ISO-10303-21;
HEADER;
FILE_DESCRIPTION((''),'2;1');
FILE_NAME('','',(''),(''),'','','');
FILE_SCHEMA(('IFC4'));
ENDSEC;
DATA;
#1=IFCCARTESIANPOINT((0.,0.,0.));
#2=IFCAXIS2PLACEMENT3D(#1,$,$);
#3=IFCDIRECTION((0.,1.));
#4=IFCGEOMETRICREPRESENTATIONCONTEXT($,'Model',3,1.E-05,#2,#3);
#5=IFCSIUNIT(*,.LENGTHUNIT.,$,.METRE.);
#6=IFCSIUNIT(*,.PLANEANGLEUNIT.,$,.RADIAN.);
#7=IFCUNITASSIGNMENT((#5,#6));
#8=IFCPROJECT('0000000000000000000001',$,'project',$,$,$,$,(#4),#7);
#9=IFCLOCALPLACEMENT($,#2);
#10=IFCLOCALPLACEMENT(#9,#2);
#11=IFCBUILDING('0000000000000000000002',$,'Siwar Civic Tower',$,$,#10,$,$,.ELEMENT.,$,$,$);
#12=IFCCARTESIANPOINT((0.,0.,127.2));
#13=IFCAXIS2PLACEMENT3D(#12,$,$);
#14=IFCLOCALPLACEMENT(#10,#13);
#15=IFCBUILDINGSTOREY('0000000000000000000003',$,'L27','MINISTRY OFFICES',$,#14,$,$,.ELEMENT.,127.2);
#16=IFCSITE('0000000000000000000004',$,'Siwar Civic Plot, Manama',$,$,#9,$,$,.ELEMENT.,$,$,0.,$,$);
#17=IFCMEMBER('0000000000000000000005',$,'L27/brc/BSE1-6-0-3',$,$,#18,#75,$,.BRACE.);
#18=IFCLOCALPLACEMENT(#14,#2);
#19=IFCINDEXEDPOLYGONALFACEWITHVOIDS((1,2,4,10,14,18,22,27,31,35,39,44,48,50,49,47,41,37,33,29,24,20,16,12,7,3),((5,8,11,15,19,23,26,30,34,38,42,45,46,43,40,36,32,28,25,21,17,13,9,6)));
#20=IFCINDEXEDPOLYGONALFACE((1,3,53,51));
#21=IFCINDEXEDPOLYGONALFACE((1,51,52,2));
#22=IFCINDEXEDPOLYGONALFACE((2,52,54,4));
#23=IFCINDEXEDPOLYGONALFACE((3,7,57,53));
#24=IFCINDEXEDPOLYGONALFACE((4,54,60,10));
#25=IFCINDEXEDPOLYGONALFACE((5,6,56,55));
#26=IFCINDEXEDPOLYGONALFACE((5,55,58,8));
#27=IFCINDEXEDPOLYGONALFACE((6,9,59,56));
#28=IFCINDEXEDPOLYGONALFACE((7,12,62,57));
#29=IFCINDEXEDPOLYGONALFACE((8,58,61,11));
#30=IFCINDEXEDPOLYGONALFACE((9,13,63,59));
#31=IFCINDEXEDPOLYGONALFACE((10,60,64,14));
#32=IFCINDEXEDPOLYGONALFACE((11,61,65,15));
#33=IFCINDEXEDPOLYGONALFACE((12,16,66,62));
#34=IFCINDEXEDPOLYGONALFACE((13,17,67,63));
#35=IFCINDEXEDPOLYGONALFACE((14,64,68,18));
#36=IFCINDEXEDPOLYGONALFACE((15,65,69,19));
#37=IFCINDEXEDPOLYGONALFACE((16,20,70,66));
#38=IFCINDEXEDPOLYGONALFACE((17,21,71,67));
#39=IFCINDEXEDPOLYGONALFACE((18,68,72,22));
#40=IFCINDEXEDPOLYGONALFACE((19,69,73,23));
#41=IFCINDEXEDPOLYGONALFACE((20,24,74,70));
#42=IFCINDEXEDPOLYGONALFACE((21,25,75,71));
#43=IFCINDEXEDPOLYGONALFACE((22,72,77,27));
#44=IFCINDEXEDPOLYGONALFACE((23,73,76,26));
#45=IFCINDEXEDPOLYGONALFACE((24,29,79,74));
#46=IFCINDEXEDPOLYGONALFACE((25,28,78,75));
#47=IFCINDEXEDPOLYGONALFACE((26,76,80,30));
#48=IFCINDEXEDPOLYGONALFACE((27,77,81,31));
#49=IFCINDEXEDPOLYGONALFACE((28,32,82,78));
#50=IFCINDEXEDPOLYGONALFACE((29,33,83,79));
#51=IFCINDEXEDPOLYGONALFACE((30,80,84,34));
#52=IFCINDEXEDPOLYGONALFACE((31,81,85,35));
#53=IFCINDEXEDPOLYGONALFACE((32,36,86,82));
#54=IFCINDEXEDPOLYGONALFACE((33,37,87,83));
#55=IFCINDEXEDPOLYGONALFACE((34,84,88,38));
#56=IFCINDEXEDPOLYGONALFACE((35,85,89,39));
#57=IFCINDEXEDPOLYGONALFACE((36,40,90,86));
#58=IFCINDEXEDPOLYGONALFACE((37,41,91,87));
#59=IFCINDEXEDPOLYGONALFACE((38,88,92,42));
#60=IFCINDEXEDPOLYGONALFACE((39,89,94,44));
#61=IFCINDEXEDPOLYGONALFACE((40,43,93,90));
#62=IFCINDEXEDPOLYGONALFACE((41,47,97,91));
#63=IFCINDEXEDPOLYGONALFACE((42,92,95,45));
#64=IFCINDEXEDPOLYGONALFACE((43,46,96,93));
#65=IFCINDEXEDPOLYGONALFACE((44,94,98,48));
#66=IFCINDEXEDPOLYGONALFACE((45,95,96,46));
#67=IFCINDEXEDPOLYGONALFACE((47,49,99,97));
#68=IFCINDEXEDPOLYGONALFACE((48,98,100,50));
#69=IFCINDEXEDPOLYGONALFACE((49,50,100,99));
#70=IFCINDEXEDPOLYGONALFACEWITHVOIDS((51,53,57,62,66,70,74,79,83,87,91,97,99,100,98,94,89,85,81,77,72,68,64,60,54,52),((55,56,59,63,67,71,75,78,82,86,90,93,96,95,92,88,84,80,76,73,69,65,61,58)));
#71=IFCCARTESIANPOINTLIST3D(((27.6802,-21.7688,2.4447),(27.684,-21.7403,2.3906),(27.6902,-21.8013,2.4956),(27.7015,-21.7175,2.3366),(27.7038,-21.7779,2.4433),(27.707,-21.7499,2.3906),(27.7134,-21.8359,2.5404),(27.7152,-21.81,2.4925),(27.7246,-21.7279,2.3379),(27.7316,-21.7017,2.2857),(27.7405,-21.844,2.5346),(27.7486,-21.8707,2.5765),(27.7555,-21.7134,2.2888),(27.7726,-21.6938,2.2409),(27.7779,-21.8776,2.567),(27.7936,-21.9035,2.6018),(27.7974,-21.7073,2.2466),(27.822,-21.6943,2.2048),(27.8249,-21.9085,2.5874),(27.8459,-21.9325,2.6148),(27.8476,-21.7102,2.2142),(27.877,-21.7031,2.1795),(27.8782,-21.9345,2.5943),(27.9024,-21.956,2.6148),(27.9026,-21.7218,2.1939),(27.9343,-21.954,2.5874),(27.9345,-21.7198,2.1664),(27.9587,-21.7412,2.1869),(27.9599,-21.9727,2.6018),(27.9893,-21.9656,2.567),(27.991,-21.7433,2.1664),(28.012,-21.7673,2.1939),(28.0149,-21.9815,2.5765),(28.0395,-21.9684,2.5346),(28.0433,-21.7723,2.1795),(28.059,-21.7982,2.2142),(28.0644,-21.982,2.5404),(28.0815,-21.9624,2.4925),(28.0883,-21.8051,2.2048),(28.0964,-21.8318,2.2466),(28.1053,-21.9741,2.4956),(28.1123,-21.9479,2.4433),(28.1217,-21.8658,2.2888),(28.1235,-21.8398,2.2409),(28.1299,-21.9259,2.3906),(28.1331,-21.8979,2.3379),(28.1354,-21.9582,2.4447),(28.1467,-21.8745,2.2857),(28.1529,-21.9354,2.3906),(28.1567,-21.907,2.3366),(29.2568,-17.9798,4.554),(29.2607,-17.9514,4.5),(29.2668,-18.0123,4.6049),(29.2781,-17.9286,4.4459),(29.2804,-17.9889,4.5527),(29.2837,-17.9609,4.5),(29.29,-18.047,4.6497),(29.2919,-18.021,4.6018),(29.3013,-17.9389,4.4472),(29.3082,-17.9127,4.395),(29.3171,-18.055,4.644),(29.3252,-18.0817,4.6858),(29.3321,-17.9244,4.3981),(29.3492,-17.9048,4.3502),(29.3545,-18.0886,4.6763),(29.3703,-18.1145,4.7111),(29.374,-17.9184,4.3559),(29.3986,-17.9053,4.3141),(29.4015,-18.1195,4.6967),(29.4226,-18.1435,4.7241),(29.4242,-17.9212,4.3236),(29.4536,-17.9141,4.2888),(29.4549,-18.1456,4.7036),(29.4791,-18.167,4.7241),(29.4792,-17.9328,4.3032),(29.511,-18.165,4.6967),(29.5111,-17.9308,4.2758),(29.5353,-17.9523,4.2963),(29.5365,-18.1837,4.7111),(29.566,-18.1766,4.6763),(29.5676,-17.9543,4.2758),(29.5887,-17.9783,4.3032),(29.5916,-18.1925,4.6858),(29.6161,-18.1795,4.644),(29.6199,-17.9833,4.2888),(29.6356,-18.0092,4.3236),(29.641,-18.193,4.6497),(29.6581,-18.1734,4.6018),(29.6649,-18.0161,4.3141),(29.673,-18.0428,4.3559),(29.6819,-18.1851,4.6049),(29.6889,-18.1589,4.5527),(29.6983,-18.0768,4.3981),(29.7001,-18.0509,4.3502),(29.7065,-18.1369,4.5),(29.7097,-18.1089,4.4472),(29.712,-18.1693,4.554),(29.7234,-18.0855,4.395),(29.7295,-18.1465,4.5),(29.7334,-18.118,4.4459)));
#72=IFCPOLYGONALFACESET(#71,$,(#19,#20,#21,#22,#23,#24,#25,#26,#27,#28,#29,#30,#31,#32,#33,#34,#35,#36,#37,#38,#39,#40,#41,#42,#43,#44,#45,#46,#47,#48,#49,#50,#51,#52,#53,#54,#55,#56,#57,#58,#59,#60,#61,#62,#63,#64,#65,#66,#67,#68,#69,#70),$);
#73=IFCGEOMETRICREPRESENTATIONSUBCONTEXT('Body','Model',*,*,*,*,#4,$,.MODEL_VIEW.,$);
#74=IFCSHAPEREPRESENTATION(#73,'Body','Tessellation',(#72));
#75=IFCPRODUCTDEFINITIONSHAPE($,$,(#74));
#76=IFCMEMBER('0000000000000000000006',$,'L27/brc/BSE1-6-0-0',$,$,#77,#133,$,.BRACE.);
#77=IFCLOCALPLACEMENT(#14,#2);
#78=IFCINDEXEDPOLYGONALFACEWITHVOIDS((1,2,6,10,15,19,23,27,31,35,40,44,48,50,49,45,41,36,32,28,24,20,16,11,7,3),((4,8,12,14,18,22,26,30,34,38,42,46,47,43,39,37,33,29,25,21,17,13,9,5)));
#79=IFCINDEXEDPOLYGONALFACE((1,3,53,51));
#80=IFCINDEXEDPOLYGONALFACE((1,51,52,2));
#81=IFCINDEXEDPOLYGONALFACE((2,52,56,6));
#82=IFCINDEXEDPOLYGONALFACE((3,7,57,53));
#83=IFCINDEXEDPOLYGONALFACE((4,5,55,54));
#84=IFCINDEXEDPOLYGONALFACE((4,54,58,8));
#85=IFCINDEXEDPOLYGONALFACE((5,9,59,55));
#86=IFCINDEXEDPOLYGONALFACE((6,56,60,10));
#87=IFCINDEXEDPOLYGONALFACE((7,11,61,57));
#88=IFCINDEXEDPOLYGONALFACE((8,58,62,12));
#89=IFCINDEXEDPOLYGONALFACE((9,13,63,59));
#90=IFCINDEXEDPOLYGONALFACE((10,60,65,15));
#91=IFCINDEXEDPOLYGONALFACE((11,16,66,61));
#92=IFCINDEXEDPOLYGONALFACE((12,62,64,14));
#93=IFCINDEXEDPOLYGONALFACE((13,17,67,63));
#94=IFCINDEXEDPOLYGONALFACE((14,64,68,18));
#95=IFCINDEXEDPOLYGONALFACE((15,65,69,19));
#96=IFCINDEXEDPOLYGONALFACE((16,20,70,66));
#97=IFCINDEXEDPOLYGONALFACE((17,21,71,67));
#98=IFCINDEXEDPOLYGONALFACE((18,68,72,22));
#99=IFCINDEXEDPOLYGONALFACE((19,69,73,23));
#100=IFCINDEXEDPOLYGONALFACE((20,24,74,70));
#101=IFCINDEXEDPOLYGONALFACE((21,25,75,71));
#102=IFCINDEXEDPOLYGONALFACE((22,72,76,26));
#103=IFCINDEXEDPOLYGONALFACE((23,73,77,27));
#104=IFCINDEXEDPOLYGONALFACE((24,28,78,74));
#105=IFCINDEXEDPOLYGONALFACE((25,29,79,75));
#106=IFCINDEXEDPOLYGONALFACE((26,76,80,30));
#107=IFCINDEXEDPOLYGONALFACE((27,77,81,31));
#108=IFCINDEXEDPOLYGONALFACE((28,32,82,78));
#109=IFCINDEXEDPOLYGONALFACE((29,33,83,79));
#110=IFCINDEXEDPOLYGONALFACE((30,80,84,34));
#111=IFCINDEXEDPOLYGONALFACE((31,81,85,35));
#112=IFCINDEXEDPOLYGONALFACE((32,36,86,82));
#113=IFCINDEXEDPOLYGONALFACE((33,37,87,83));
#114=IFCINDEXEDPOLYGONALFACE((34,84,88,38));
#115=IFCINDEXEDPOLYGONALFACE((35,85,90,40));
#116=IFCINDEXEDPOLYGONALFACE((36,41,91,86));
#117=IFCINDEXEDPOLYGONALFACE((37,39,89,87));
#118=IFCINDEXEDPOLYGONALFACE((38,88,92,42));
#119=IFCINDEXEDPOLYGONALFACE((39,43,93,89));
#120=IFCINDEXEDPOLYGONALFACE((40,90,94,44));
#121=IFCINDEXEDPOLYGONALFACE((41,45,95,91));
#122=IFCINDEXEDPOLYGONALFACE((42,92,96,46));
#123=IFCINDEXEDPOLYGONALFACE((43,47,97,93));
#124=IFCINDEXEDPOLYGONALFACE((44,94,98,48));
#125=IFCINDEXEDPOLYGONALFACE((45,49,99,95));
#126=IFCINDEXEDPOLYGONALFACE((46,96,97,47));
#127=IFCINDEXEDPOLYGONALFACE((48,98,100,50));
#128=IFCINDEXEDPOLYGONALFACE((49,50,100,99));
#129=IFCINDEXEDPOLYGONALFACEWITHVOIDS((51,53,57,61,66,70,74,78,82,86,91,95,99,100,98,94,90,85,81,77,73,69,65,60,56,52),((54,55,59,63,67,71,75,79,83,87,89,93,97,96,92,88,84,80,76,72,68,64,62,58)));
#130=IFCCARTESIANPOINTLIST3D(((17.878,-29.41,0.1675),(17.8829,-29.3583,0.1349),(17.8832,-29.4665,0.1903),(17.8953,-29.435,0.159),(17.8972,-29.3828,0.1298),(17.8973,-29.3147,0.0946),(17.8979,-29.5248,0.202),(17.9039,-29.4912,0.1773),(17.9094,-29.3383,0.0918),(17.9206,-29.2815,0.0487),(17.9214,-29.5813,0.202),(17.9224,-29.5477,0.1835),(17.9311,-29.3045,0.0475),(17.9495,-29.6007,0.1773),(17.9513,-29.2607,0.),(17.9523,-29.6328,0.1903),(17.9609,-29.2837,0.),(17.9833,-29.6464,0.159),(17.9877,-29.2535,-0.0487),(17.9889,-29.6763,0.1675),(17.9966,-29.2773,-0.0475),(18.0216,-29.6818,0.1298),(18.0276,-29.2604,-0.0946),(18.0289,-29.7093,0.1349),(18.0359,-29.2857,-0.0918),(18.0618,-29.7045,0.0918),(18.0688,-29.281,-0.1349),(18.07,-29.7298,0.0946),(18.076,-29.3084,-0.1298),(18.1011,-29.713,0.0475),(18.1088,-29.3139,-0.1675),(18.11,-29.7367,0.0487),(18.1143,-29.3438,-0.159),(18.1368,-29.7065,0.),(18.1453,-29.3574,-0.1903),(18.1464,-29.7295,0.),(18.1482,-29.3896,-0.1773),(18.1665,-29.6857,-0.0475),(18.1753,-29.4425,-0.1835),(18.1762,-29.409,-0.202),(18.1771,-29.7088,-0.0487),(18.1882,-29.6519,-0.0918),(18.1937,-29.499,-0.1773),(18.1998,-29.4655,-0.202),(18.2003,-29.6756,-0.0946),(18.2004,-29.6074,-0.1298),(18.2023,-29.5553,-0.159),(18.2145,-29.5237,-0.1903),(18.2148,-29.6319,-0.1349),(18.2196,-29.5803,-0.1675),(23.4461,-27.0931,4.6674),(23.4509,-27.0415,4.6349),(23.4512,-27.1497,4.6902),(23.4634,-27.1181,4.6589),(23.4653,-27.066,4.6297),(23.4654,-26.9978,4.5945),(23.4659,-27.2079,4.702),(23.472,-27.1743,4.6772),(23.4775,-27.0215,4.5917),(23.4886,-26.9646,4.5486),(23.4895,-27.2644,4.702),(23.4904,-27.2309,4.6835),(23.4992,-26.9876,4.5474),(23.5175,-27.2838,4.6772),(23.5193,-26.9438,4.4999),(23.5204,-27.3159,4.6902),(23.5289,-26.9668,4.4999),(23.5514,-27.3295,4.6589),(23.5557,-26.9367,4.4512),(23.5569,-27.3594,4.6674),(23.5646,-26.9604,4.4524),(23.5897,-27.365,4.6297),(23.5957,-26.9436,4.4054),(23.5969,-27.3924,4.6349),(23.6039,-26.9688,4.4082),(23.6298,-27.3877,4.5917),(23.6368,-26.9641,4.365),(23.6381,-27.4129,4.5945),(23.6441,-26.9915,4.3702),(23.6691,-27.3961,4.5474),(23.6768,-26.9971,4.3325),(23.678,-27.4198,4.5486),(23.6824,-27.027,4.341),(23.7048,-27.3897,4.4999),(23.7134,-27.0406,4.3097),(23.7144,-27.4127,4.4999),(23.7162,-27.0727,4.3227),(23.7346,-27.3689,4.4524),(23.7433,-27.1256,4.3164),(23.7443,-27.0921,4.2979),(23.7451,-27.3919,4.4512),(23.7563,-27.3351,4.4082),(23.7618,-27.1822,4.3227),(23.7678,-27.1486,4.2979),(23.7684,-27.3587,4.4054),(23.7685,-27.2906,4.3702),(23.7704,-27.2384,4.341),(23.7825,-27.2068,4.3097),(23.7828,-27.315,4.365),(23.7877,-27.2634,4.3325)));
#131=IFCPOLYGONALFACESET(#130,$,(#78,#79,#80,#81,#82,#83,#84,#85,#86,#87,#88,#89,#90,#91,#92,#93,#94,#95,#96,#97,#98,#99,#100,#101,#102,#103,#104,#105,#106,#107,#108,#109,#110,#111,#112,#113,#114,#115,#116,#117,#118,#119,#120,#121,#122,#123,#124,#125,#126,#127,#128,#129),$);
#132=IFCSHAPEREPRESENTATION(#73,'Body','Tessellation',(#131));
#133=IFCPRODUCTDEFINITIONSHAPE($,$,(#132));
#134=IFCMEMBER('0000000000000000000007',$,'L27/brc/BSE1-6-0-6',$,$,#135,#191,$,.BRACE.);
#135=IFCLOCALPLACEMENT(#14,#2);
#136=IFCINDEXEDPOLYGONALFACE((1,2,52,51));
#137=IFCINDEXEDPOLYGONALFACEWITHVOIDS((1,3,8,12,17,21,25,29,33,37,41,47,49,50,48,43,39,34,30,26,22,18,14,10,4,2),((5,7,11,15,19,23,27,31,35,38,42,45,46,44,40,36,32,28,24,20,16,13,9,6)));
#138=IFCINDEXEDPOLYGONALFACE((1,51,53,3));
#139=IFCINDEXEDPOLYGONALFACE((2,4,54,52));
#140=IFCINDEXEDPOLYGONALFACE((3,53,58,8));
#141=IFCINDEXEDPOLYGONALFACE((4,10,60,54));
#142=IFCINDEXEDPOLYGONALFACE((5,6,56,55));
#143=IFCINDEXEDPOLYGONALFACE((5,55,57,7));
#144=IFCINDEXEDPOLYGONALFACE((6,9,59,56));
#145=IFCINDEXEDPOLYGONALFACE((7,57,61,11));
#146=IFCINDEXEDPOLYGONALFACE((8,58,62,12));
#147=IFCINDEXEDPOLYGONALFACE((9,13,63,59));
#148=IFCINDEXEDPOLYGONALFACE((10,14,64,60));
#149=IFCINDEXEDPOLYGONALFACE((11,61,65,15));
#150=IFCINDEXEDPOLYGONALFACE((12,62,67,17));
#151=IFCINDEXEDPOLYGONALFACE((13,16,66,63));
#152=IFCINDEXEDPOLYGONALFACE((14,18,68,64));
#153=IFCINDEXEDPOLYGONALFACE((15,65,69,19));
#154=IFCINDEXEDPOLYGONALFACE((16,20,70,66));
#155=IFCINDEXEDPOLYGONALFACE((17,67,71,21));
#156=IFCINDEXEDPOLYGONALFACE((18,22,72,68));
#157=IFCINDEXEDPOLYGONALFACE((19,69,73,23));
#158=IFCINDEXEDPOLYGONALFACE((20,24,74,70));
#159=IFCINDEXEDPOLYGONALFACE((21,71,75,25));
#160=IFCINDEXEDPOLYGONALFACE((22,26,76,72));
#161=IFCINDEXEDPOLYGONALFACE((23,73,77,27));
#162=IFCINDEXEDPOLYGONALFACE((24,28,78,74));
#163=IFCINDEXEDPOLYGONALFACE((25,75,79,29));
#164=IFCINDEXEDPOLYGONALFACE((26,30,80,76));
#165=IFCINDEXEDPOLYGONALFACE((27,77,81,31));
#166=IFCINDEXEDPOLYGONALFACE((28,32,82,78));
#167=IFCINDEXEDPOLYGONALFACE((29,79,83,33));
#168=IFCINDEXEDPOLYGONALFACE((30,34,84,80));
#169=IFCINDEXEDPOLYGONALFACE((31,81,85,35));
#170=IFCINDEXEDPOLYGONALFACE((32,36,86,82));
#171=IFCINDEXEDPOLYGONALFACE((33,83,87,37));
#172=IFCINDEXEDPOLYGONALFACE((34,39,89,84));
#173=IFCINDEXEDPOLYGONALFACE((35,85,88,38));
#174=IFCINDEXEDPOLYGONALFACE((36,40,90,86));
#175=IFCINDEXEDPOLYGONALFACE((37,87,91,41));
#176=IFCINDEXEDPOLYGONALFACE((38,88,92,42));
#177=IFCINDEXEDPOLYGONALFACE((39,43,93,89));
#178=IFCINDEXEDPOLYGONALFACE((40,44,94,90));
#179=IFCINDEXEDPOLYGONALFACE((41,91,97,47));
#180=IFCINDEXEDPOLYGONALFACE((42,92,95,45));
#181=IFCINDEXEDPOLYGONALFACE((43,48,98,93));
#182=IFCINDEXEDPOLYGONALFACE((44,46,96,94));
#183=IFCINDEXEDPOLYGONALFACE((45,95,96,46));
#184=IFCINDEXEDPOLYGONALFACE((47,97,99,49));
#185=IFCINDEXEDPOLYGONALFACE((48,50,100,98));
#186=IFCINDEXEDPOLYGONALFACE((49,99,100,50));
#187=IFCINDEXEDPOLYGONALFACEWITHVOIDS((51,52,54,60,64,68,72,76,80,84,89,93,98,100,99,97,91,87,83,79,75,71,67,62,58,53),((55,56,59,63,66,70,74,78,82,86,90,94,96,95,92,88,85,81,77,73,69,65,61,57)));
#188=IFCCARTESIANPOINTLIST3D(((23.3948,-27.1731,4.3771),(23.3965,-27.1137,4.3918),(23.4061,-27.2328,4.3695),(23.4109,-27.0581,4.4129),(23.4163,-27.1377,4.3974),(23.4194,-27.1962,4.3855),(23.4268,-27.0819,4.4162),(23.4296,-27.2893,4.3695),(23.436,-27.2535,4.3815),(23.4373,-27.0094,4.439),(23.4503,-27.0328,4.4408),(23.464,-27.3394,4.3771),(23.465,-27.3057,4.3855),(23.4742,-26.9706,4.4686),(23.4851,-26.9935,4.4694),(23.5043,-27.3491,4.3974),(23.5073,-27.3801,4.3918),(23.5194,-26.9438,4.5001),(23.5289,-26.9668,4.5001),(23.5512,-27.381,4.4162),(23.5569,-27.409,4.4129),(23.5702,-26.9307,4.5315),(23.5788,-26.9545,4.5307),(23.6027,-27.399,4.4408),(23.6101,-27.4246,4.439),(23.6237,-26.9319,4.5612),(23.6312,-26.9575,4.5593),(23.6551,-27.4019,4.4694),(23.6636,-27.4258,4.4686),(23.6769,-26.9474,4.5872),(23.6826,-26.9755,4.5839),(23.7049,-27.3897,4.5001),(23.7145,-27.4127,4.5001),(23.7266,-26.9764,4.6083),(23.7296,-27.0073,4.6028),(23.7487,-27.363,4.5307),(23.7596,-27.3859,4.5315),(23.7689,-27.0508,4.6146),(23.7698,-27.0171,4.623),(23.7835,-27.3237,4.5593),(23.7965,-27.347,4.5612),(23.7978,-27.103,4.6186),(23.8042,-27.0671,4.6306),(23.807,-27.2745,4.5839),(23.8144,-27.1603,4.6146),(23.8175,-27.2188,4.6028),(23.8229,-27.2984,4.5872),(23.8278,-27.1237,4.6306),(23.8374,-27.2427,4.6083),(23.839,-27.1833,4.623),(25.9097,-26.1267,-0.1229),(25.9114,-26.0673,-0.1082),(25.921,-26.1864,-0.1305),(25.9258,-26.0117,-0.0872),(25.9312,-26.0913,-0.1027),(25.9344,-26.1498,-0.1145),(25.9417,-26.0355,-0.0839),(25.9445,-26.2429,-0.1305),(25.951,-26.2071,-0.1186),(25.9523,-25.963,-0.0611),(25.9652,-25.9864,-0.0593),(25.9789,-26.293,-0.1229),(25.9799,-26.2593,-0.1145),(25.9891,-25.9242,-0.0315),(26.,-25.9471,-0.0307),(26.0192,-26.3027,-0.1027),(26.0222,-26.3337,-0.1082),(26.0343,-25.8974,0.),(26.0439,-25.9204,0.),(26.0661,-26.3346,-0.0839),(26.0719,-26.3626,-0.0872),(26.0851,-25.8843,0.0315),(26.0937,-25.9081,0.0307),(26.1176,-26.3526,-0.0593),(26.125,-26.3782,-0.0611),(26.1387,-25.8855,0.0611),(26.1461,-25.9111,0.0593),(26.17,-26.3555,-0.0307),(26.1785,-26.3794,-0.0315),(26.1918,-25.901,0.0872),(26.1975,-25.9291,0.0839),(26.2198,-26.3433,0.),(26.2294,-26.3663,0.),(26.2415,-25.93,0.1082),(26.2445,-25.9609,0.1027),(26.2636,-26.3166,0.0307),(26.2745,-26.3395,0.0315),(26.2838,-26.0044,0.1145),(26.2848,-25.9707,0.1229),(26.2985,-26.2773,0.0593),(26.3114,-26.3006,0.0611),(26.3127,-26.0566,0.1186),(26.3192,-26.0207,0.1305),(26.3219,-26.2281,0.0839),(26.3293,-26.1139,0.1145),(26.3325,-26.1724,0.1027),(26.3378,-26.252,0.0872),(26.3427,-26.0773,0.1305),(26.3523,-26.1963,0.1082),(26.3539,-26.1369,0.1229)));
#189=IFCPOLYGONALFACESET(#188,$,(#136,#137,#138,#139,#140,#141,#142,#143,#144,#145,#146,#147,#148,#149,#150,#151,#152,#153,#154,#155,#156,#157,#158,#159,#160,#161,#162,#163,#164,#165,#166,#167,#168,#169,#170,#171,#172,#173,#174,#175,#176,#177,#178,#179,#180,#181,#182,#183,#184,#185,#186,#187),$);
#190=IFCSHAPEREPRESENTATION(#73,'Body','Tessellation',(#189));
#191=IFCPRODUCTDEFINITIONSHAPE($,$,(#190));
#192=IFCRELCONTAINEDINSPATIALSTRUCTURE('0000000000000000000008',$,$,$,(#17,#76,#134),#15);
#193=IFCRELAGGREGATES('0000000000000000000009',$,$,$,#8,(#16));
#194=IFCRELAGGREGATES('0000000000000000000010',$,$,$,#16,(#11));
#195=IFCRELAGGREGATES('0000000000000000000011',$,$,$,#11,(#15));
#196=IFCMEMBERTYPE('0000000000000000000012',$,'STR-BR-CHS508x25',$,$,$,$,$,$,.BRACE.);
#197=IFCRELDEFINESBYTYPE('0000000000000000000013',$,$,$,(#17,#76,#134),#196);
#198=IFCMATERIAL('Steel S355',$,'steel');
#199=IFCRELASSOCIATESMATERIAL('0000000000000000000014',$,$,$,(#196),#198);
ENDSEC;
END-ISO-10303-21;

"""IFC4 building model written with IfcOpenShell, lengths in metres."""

from ifc_helpers import new_model, si_unit, direction, frame, origin, origin_2d, place, context, subcontext, project, spatial, hollow_circle, extrude, material, material_profile, profile_set, type_object, element, save


model = new_model("IFC4")

# Units and contexts
model_context = context("Model", 3, precision=1e-05, world=origin(), true_north=direction((0.0, 1.0)))
body_context = subcontext(model_context, "Body", "Model", "MODEL_VIEW")
ifc_project = project(units=[si_unit("LENGTHUNIT", "METRE"), si_unit("PLANEANGLEUNIT", "RADIAN")], contexts=[model_context])

# Site, building, storey
site_placement = place(None, origin())
site = spatial("IfcSite", under=ifc_project, at=site_placement, Name="Siwar Civic Plot, Manama", CompositionType="ELEMENT", RefElevation=0.0)
building_placement = place(site_placement, origin())
building = spatial("IfcBuilding", under=site, at=building_placement, Name="Siwar Civic Tower", CompositionType="ELEMENT")
storey_placement = place(building_placement, frame((0.0, 0.0, 127.2)))
storey = spatial("IfcBuildingStorey", under=building, at=storey_placement, Name="L27", Description="MINISTRY OFFICES", CompositionType="ELEMENT", Elevation=127.2)

# Members
ifc_material_1 = material(Name="Steel S355", Category="steel")
ifc_material_profile_1 = material_profile(ifc_material_1, hollow_circle(Radius=0.2539, WallThickness=0.0249, at=origin_2d()), Name="CHS508x25")
ifc_profile_set_1 = profile_set([ifc_material_profile_1], Name="Steel S355")
member_type_1 = type_object("IfcMemberType", Name="STR-BR-CHS508x25", PredefinedType="BRACE", material=ifc_profile_set_1)
member_1_placement = place(storey_placement, frame((27.9185, -21.8379, 2.3906), z_axis=(0.341686, 0.821146, 0.457133), x_axis=(-0.92326, 0.384176, 0.0)))
element("IfcMember", 1, at=member_1_placement, inside=storey, type_object=member_type_1, Name="L27/brc/BSE1-6-0-3", PredefinedType="BRACE", context=body_context, shape_type="SweptSolid", body=[
    extrude(hollow_circle(Radius=0.2539, WallThickness=0.0249, at=origin_2d()), origin(), (0.0, 0.0, 1.0), 4.6143),
])
member_2_placement = place(storey_placement, frame((18.0488, -29.4951, 0.0), z_axis=(0.739973, 0.307903, 0.598026), x_axis=(-0.38417, 0.923262, 0.0)))
element("IfcMember", 2, at=member_2_placement, inside=storey, type_object=member_type_1, Name="L27/brc/BSE1-6-0-0", PredefinedType="BRACE", context=body_context, shape_type="SweptSolid", body=[
    extrude(hollow_circle(Radius=0.2539, WallThickness=0.0249, at=origin_2d()), origin(), (0.0, 0.0, 1.0), 7.5247),
])
member_3_placement = place(storey_placement, frame((26.1318, -26.1318, 0.0), z_axis=(-0.478099, -0.198926, 0.855482), x_axis=(0.384151, -0.92327, 0.0)))
element("IfcMember", 3, at=member_3_placement, inside=storey, type_object=member_type_1, Name="L27/brc/BSE1-6-0-6", PredefinedType="BRACE", context=body_context, shape_type="SweptSolid", body=[
    extrude(hollow_circle(Radius=0.2539, WallThickness=0.0249, at=origin_2d()), origin(), (0.0, 0.0, 1.0), 5.2603),
])

save(model, "model.ifc")
